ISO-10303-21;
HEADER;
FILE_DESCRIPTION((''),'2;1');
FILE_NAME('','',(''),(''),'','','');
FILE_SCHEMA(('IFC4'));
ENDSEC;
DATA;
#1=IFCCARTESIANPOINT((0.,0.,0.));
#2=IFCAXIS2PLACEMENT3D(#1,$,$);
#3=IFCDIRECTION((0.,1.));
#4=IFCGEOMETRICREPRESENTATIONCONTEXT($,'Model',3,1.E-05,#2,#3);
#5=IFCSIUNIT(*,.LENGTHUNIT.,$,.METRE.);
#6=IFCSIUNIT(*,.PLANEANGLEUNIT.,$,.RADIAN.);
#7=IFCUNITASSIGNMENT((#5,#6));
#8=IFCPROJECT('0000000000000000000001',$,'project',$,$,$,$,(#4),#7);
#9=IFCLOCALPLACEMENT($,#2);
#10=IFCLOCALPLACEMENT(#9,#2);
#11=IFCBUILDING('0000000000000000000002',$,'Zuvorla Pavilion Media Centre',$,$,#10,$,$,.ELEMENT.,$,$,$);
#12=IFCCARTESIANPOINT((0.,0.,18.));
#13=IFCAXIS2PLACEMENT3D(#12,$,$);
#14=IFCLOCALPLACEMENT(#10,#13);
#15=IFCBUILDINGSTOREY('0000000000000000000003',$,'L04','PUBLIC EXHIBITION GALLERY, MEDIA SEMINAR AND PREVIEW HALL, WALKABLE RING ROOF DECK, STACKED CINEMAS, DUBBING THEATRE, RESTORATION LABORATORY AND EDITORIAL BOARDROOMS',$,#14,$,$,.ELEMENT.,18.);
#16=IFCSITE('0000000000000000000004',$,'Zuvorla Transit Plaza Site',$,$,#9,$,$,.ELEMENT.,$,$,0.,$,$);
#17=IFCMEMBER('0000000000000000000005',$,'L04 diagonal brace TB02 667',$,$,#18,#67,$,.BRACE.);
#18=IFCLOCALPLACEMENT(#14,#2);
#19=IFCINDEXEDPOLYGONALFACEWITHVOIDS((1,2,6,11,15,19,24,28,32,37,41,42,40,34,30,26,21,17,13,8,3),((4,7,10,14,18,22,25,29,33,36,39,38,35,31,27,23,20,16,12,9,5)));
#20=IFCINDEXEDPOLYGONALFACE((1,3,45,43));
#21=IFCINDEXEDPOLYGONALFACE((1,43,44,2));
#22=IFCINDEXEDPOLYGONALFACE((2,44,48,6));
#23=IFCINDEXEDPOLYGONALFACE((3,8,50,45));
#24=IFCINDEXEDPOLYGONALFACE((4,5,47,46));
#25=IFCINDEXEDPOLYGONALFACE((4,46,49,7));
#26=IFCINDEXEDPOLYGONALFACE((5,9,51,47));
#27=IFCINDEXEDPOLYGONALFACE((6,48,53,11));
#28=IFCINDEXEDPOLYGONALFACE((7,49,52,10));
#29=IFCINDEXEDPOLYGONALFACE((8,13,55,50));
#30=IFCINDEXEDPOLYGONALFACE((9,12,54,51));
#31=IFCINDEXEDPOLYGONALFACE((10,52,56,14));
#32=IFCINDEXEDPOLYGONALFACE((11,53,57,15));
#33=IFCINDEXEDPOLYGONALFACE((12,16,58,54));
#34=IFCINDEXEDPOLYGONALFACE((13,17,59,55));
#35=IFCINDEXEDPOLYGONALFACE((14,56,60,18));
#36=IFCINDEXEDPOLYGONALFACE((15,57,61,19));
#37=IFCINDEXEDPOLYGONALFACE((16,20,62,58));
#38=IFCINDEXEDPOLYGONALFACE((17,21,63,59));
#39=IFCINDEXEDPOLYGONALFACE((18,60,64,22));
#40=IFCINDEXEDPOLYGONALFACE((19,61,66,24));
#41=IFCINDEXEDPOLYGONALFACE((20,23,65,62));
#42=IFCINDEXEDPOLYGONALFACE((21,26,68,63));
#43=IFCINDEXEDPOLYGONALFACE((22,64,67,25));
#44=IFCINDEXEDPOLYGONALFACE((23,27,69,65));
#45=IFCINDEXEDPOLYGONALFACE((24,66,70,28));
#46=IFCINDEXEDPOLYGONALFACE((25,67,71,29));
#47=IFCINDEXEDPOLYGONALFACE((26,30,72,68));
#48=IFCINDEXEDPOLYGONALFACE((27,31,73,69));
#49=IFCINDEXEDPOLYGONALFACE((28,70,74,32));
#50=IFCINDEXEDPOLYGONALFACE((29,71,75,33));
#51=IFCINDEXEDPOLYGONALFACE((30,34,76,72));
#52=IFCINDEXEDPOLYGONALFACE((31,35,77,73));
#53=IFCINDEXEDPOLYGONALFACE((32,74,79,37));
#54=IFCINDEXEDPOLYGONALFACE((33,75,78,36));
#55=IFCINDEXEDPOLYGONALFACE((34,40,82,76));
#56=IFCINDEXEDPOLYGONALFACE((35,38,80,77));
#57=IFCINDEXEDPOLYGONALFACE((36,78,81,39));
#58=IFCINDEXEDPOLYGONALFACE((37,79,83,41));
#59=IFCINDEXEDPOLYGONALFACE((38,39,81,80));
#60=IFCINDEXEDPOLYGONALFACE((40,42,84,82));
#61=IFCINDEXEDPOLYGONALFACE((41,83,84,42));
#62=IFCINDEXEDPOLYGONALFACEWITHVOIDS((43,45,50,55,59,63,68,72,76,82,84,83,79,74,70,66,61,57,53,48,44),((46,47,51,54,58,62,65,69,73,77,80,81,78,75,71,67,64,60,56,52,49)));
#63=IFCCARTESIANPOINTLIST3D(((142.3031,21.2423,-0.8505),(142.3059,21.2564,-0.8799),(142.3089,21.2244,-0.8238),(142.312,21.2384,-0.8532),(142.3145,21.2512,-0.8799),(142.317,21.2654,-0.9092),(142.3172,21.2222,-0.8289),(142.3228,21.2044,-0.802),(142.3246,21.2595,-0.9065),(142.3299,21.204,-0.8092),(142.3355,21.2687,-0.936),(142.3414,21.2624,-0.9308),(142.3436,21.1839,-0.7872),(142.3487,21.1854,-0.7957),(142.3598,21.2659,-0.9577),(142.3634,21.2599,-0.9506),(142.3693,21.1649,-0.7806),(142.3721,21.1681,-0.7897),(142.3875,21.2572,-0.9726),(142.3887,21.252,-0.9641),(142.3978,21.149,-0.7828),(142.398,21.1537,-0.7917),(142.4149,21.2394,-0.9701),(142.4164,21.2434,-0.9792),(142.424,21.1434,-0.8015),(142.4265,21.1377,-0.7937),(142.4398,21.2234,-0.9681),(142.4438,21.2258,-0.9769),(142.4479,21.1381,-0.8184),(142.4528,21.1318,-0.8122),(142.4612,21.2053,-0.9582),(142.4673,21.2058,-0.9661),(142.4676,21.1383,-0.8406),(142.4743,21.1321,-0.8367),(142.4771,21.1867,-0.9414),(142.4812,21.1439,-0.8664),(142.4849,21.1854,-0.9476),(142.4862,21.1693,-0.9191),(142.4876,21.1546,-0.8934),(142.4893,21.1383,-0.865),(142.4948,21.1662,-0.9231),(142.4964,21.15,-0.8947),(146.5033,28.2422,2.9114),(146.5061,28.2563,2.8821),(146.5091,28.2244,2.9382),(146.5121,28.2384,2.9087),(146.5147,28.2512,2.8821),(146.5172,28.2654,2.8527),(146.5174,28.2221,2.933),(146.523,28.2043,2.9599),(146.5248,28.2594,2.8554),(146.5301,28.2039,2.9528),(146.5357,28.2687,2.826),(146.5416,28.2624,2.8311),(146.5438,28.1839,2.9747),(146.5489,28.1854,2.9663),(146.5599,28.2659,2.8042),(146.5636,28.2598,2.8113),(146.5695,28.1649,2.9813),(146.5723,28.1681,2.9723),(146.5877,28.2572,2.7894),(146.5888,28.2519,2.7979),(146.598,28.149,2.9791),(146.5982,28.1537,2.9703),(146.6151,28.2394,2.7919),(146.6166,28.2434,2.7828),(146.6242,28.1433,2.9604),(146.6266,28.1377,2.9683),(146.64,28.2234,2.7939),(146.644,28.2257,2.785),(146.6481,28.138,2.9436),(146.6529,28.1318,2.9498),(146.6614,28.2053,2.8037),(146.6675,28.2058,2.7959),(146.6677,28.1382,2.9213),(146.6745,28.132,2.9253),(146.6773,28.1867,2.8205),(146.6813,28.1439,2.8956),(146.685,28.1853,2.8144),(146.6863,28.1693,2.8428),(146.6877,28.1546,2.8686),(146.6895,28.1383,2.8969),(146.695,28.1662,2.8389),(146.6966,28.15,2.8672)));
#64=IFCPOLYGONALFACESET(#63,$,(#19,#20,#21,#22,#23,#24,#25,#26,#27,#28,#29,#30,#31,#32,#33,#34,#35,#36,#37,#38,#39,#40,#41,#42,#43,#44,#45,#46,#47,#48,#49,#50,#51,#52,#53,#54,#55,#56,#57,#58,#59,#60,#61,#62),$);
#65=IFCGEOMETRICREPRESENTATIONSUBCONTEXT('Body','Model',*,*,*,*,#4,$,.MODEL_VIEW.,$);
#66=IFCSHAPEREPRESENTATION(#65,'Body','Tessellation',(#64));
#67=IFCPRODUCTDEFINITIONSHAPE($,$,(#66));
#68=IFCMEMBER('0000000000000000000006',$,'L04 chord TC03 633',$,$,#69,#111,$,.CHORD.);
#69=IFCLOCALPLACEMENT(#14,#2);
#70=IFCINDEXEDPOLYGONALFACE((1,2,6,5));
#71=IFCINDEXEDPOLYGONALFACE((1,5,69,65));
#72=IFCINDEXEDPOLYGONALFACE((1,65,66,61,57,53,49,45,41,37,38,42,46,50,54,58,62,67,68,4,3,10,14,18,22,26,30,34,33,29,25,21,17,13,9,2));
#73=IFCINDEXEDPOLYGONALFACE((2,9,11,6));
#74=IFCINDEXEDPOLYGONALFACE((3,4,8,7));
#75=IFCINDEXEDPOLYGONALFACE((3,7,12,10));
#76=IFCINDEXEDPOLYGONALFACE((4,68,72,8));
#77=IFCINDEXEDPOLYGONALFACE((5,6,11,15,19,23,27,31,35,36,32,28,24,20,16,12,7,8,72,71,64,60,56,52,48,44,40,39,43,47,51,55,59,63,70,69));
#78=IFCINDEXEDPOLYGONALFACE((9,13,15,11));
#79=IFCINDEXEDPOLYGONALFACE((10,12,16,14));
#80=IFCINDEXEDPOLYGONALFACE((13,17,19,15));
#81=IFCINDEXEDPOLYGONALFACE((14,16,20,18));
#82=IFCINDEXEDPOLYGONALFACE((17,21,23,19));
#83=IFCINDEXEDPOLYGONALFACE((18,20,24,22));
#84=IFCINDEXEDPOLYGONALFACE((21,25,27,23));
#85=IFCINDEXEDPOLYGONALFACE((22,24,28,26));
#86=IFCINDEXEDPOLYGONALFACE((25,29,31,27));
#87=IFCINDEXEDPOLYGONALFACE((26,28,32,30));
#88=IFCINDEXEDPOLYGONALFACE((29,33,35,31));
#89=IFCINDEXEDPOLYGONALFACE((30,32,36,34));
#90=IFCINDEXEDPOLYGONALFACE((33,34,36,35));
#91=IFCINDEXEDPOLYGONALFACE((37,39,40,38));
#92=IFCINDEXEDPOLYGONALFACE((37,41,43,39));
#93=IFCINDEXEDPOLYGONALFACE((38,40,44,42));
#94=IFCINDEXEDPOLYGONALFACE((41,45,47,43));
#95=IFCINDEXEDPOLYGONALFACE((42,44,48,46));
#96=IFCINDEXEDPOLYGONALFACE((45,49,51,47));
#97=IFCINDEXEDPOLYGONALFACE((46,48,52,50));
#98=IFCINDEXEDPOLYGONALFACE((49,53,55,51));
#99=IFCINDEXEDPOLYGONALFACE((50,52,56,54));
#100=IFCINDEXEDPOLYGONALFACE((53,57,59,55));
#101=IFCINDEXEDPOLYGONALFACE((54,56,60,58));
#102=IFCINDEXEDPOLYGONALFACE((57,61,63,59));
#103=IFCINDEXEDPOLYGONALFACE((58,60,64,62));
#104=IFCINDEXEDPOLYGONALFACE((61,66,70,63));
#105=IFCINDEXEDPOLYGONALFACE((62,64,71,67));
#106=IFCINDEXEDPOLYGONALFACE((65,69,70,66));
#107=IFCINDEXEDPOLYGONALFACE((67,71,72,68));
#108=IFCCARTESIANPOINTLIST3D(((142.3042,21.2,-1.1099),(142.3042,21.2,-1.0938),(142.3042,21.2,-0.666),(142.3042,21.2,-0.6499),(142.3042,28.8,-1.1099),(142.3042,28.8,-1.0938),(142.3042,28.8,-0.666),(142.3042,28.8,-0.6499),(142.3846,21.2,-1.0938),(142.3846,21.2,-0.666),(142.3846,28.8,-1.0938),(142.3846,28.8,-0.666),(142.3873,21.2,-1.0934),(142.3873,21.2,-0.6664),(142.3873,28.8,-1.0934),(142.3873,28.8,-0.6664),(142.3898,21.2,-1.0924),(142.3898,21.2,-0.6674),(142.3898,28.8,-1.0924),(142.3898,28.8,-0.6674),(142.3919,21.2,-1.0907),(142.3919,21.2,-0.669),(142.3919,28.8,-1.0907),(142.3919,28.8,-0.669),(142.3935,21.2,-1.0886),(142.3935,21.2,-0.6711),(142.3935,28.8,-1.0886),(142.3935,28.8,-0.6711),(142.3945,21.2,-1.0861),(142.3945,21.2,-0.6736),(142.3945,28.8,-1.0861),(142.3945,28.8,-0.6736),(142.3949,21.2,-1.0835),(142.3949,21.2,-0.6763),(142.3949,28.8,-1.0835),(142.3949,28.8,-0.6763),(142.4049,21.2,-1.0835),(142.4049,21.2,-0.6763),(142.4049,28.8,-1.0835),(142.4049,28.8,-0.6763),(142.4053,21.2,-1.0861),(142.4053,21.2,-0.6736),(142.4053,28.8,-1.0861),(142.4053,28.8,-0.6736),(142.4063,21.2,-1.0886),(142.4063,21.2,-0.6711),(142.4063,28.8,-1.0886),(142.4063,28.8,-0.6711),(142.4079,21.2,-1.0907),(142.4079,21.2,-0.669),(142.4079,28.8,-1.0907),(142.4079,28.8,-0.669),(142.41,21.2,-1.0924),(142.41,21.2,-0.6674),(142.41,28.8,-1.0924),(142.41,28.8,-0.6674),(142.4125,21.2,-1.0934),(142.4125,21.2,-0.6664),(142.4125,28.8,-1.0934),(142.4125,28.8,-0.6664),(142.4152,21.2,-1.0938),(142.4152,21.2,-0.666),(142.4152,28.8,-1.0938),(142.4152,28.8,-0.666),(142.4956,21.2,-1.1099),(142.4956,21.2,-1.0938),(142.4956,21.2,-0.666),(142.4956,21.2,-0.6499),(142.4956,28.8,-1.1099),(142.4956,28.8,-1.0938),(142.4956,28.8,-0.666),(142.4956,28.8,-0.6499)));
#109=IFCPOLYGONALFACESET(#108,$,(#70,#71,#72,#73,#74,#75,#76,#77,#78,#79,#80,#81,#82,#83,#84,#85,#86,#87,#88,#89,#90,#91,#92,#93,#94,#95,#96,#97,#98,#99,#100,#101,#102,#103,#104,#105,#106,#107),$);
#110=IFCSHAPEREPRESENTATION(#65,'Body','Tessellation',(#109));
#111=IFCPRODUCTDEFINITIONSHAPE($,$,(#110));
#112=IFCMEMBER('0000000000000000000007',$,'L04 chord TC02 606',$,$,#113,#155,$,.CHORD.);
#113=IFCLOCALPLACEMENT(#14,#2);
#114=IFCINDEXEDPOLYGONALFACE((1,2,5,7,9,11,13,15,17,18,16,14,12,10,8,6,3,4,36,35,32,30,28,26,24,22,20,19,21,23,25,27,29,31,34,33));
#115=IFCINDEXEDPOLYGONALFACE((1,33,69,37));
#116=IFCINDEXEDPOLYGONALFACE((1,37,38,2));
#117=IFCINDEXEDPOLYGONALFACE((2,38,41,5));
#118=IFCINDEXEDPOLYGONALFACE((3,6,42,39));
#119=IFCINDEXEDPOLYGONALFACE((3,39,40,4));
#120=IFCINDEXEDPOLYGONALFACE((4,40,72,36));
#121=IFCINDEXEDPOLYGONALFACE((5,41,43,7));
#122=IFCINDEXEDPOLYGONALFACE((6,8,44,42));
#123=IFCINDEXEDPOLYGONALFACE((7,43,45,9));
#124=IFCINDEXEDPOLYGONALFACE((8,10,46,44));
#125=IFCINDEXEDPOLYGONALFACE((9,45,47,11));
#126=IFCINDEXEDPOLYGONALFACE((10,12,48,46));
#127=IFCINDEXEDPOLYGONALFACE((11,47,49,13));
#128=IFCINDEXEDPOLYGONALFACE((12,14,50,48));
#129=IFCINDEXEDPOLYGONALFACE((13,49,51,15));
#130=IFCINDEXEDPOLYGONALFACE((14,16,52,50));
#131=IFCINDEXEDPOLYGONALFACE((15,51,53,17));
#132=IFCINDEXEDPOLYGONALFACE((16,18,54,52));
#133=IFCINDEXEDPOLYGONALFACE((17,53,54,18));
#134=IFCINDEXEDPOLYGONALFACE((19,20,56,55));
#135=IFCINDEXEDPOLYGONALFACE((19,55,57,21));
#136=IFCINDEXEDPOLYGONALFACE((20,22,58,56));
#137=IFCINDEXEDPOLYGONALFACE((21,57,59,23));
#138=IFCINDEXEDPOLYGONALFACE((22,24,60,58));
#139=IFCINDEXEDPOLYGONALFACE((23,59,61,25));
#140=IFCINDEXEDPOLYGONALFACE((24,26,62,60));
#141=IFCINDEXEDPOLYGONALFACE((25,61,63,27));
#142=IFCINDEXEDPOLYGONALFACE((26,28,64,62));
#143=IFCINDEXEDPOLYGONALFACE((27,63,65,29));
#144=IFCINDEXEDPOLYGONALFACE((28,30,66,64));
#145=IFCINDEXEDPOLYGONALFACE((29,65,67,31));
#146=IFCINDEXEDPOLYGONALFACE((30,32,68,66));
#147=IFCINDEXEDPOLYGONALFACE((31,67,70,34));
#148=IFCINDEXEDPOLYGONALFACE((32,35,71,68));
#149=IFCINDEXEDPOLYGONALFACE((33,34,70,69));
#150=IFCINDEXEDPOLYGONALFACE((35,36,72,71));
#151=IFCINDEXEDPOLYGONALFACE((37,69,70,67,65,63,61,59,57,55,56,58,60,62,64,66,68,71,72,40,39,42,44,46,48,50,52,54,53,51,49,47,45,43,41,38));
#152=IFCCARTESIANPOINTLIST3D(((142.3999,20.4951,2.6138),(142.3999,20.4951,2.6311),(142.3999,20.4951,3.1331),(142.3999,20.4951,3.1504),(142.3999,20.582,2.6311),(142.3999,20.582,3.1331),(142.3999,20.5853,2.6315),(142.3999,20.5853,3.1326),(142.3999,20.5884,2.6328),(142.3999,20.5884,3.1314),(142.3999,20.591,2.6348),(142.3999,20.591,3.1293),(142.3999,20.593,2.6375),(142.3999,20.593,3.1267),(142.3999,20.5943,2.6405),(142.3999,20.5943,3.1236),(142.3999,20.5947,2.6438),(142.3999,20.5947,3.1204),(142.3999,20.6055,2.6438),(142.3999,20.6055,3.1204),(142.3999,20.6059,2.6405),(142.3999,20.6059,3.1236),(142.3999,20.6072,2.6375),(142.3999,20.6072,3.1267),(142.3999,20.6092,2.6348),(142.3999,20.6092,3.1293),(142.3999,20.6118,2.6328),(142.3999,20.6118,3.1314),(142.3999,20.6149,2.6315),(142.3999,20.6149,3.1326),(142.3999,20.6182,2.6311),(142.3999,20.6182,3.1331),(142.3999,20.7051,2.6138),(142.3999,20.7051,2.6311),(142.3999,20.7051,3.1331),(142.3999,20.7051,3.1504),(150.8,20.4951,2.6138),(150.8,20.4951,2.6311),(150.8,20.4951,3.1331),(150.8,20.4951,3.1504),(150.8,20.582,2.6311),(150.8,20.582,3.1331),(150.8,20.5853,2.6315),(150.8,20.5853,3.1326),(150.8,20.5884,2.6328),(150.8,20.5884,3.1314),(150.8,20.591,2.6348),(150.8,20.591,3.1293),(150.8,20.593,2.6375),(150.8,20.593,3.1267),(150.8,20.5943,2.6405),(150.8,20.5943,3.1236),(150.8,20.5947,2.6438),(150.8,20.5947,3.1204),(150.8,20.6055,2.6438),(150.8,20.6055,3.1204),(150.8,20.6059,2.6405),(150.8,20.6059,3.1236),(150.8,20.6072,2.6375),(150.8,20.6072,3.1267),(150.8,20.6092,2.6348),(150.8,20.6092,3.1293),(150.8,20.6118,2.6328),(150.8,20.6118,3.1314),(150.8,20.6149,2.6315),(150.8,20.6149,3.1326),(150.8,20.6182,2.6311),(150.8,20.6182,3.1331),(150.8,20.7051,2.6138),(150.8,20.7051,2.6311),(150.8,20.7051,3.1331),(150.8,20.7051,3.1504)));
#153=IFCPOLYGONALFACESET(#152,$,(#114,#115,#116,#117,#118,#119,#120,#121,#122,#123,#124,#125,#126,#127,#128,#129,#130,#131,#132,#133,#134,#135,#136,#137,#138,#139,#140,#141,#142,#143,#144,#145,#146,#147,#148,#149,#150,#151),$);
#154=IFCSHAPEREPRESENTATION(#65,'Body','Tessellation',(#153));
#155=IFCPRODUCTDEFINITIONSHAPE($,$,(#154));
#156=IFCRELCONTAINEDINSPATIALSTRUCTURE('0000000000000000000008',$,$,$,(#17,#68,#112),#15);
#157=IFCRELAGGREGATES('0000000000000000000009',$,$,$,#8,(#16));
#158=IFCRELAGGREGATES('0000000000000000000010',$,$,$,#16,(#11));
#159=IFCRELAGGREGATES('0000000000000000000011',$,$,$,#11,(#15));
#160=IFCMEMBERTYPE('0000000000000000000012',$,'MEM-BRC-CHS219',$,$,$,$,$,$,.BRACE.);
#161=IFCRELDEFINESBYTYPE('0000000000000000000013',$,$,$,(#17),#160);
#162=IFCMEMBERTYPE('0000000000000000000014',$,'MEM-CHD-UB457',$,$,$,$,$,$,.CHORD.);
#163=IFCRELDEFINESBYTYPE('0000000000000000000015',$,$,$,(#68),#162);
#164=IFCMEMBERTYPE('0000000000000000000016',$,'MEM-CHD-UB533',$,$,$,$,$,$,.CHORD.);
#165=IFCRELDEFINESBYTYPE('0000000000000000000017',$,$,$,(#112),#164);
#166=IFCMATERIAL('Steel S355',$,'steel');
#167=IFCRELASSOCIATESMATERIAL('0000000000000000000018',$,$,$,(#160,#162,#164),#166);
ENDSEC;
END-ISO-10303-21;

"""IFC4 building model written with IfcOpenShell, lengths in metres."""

from ifc_helpers import new_model, si_unit, direction, frame, origin, origin_2d, place, context, subcontext, project, spatial, hollow_circle, i_section, extrude, material, material_profile, profile_set, type_object, element, save


model = new_model("IFC4")

# Units and contexts
model_context = context("Model", 3, precision=1e-05, world=origin(), true_north=direction((0.0, 1.0)))
body_context = subcontext(model_context, "Body", "Model", "MODEL_VIEW")
ifc_project = project(units=[si_unit("LENGTHUNIT", "METRE"), si_unit("PLANEANGLEUNIT", "RADIAN")], contexts=[model_context])

# Site, building, storey
site_placement = place(None, origin())
site = spatial("IfcSite", under=ifc_project, at=site_placement, Name="Zuvorla Transit Plaza Site", CompositionType="ELEMENT", RefElevation=0.0)
building_placement = place(site_placement, origin())
building = spatial("IfcBuilding", under=site, at=building_placement, Name="Zuvorla Pavilion Media Centre", CompositionType="ELEMENT")
storey_placement = place(building_placement, frame((0.0, 0.0, 18.0)))
storey = spatial("IfcBuildingStorey", under=building, at=storey_placement, Name="L04", Description="PUBLIC EXHIBITION GALLERY, MEDIA SEMINAR AND PREVIEW HALL, WALKABLE RING ROOF DECK, STACKED CINEMAS, DUBBING THEATRE, RESTORATION LABORATORY AND EDITORIAL BOARDROOMS", CompositionType="ELEMENT", Elevation=18.0)

# Members
ifc_material_1 = material(Name="Steel S355", Category="steel")
ifc_material_profile_1 = material_profile(ifc_material_1, hollow_circle(Radius=0.1096, WallThickness=0.01, at=origin_2d()), Name="CHS 219.1x10")
ifc_profile_set_1 = profile_set([ifc_material_profile_1], Name="Steel S355")
member_type_1 = type_object("IfcMemberType", Name="MEM-BRC-CHS219", PredefinedType="BRACE", material=ifc_profile_set_1)
for number, where, z_axis, x_axis, name in (
    (1, (142.3999, 21.2, -0.8799), (0.467283, 0.778769, 0.418528), (-0.857482, 0.514513, 0.0), "L04 diagonal brace TB02 667"),
):
    element("IfcMember", number, at=place(storey_placement, frame(where, z_axis=z_axis, x_axis=x_axis)), inside=storey, type_object=member_type_1, Name=name, PredefinedType="BRACE", context=body_context, shape_type="SweptSolid", body=[
        extrude(hollow_circle(Radius=0.1096, WallThickness=0.01, at=origin_2d()), origin(), (0.0, 0.0, 1.0), 8.9885),
    ])
ifc_material_profile_2 = material_profile(ifc_material_1, i_section(OverallWidth=0.1914, OverallDepth=0.46, WebThickness=0.01, FlangeThickness=0.0161, FilletRadius=0.0103, at=origin_2d()), Name="UB 457x191x82")
ifc_profile_set_2 = profile_set([ifc_material_profile_2], Name="Steel S355")
member_type_2 = type_object("IfcMemberType", Name="MEM-CHD-UB457", PredefinedType="CHORD", material=ifc_profile_set_2)
member_1_placement = place(storey_placement, frame((142.3999, 21.2, -0.8799), z_axis=(0.0, 1.0, 0.0), x_axis=(-1.0, 0.0, 0.0)))
element("IfcMember", 2, at=member_1_placement, inside=storey, type_object=member_type_2, Name="L04 chord TC03 633", PredefinedType="CHORD", context=body_context, shape_type="SweptSolid", body=[
    extrude(i_section(OverallWidth=0.1914, OverallDepth=0.46, WebThickness=0.01, FlangeThickness=0.0161, FilletRadius=0.0103, at=origin_2d()), origin(), (0.0, 0.0, 1.0), 7.6001),
])
ifc_material_profile_3 = material_profile(ifc_material_1, i_section(OverallWidth=0.21, OverallDepth=0.5366, WebThickness=0.0107, FlangeThickness=0.0173, FilletRadius=0.0127, at=origin_2d()), Name="UB 533x210x101")
ifc_profile_set_3 = profile_set([ifc_material_profile_3], Name="Steel S355")
member_type_3 = type_object("IfcMemberType", Name="MEM-CHD-UB533", PredefinedType="CHORD", material=ifc_profile_set_3)
member_2_placement = place(storey_placement, frame((142.3999, 20.6001, 2.8821), z_axis=(1.0, 0.0, 0.0), x_axis=(0.0, 1.0, 0.0)))
element("IfcMember", 3, at=member_2_placement, inside=storey, type_object=member_type_3, Name="L04 chord TC02 606", PredefinedType="CHORD", context=body_context, shape_type="SweptSolid", body=[
    extrude(i_section(OverallWidth=0.21, OverallDepth=0.5366, WebThickness=0.0107, FlangeThickness=0.0173, FilletRadius=0.0127, at=origin_2d()), origin(), (0.0, 0.0, 1.0), 8.4001),
])

save(model, "model.ifc")
